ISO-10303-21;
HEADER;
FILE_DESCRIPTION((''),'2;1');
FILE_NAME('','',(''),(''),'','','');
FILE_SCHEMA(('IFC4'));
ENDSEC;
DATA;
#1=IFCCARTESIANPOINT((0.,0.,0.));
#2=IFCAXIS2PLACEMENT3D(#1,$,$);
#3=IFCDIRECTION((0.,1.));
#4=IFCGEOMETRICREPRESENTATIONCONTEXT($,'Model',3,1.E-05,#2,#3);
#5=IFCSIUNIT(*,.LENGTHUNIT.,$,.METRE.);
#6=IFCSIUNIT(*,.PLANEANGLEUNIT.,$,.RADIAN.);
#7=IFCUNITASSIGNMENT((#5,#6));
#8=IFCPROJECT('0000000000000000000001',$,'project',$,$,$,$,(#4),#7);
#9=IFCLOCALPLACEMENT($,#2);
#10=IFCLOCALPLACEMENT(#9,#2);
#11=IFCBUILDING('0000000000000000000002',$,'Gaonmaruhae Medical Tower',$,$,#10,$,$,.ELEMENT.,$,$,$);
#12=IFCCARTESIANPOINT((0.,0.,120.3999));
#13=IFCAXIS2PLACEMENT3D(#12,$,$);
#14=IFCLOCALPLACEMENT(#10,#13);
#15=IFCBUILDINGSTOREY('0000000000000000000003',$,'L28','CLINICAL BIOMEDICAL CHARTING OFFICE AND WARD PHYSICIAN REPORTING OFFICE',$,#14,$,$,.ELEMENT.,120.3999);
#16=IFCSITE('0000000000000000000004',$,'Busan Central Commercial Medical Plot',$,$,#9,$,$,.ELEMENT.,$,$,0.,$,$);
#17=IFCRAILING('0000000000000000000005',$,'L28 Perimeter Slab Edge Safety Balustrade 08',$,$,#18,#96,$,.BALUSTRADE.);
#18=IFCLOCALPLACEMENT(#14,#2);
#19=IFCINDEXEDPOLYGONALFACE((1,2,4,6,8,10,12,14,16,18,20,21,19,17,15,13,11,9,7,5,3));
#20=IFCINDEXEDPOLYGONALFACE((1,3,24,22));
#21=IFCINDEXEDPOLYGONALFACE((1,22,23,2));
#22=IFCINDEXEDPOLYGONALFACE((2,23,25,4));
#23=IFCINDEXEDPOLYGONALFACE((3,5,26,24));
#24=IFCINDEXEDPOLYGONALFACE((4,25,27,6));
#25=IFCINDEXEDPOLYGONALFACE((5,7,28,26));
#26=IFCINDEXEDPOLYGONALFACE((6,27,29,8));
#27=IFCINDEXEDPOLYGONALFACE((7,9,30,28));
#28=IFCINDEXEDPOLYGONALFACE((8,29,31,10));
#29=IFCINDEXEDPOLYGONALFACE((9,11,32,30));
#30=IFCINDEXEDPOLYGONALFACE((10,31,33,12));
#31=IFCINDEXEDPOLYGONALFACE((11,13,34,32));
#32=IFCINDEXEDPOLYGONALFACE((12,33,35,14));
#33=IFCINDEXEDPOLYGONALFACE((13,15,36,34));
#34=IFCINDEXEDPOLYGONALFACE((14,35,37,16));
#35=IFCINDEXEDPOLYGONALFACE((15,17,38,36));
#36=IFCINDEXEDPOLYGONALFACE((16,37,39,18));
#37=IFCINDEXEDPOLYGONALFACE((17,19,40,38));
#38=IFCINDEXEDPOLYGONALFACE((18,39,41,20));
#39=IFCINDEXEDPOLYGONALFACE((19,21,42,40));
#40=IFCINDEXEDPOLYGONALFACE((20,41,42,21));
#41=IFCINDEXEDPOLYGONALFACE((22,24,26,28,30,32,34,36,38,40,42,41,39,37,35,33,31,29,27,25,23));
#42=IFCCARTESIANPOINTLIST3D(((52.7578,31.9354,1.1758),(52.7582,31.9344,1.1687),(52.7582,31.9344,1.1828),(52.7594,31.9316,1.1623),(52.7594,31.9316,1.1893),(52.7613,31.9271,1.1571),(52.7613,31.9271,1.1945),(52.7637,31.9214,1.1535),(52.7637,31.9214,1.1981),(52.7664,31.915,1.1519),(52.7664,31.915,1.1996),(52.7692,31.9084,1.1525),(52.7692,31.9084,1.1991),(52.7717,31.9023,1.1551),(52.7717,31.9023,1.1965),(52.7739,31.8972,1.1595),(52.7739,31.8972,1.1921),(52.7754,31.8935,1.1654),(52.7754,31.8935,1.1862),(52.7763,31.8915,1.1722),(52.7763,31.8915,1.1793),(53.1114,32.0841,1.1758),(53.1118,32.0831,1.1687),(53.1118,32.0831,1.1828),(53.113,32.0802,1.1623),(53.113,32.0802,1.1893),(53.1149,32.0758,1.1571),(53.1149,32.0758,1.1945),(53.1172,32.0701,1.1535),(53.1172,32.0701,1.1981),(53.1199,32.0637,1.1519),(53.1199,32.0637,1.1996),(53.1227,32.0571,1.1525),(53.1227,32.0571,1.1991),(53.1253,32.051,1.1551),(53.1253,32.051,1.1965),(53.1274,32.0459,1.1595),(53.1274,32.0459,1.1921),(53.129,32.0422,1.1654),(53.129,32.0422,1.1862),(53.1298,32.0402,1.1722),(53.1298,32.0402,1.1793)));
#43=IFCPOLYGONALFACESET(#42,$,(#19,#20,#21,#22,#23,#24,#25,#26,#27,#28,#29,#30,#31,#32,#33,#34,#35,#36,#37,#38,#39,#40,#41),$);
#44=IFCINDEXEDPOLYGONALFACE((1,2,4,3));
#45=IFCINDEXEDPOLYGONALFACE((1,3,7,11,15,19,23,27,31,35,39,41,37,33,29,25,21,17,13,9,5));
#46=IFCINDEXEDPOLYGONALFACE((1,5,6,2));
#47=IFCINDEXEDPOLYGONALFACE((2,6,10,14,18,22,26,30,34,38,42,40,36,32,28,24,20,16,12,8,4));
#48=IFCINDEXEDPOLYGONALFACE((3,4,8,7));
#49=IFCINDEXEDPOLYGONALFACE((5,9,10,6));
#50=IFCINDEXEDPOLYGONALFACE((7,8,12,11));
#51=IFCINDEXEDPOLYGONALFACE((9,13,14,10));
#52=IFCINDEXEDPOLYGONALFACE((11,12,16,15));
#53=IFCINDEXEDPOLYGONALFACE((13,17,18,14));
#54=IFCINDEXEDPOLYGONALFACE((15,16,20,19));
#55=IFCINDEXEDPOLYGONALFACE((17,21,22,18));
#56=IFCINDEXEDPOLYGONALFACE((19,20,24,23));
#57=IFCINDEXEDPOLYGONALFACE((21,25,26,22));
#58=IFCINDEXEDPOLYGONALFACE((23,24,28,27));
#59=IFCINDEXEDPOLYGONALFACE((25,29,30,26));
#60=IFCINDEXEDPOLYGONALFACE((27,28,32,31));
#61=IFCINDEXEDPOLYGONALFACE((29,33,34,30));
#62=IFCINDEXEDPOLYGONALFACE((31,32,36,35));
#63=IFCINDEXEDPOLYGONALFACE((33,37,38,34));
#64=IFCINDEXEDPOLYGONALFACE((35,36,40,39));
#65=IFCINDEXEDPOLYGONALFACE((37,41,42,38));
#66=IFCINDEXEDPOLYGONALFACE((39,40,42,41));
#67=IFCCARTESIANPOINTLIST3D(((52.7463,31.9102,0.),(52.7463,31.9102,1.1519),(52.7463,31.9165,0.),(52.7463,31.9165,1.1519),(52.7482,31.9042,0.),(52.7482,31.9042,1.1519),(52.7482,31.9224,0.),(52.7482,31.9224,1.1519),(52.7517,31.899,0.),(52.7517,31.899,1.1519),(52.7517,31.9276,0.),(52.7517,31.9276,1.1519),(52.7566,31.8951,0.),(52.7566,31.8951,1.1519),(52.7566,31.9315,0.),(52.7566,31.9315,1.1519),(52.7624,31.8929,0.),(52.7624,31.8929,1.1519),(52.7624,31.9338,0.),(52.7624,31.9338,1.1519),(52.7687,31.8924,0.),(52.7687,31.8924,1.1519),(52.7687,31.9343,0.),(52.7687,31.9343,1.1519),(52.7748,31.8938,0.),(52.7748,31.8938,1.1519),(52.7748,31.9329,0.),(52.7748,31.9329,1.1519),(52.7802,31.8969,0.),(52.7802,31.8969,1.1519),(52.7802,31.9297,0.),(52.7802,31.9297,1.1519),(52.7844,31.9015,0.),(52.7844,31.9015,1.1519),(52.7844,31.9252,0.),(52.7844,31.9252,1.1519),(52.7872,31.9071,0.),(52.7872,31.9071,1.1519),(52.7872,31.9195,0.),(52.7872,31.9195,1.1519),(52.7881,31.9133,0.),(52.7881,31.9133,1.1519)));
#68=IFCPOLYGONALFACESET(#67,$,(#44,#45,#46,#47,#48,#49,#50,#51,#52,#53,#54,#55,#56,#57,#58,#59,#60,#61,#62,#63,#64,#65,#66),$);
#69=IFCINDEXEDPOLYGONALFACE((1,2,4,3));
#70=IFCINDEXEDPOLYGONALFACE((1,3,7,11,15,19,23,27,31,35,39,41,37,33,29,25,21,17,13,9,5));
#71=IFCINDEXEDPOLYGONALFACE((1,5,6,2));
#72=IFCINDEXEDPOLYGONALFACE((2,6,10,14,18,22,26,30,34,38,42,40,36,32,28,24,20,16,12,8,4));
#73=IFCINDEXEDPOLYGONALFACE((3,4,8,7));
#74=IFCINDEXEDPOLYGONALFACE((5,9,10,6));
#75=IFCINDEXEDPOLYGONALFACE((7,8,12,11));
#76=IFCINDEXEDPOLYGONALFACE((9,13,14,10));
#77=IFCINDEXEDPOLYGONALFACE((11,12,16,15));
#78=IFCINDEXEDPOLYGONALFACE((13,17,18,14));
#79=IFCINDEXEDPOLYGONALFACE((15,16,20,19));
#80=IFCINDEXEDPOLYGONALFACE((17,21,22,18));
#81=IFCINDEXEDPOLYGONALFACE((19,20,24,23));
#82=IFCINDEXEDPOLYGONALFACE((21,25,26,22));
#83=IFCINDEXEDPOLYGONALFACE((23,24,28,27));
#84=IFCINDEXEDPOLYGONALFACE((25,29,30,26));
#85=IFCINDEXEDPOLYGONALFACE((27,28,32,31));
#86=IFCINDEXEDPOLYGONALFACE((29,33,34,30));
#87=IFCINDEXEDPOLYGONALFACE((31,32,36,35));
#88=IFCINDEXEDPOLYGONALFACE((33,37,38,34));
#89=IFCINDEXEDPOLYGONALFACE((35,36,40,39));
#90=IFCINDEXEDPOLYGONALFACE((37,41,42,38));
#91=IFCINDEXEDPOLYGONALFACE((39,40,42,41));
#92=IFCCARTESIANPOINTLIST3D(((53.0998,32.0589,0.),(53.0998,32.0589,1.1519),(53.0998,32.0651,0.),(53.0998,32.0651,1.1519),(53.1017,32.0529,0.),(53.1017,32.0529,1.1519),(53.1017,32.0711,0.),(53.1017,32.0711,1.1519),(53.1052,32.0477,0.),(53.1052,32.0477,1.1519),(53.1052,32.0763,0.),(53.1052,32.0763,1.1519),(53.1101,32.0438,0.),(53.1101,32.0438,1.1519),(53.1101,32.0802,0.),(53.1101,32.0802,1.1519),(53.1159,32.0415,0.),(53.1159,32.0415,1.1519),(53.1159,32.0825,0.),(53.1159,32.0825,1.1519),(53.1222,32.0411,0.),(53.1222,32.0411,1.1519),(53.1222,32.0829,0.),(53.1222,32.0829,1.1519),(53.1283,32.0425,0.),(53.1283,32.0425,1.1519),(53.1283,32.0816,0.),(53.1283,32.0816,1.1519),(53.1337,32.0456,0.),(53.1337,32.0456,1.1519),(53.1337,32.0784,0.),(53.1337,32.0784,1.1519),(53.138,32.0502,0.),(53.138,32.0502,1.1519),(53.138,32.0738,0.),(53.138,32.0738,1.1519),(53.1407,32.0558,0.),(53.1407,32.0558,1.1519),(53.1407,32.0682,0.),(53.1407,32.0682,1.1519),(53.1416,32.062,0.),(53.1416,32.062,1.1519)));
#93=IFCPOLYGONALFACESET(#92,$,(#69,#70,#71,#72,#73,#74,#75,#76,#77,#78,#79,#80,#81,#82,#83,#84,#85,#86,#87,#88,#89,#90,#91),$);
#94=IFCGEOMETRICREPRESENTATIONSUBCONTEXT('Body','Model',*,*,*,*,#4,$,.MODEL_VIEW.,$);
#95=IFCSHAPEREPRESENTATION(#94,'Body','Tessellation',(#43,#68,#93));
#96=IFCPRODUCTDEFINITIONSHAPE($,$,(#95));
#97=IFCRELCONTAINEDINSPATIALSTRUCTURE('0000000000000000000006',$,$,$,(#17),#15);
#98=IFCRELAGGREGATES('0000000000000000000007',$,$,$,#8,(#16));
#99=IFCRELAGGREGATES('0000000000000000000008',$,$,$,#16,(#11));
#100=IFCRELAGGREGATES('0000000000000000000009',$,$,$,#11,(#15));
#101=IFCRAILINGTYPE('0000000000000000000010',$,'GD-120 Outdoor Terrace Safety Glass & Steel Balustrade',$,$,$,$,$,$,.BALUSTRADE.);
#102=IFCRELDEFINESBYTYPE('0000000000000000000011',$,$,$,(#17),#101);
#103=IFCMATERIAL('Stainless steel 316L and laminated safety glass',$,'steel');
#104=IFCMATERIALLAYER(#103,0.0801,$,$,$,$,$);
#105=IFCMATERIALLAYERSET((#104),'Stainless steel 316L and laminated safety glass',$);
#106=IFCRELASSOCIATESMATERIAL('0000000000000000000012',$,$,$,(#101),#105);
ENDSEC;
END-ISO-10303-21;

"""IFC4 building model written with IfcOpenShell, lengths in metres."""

from ifc_helpers import new_model, si_unit, direction, frame, origin, origin_2d, place, context, subcontext, project, spatial, circle, extrude, material, layer, layer_set, type_object, element, save


model = new_model("IFC4")

# Units and contexts
model_context = context("Model", 3, precision=1e-05, world=origin(), true_north=direction((0.0, 1.0)))
body_context = subcontext(model_context, "Body", "Model", "MODEL_VIEW")
ifc_project = project(units=[si_unit("LENGTHUNIT", "METRE"), si_unit("PLANEANGLEUNIT", "RADIAN")], contexts=[model_context])

# Site, building, storey
site_placement = place(None, origin())
site = spatial("IfcSite", under=ifc_project, at=site_placement, Name="Busan Central Commercial Medical Plot", CompositionType="ELEMENT", RefElevation=0.0)
building_placement = place(site_placement, origin())
building = spatial("IfcBuilding", under=site, at=building_placement, Name="Gaonmaruhae Medical Tower", CompositionType="ELEMENT")
storey_placement = place(building_placement, frame((0.0, 0.0, 120.3999)))
storey = spatial("IfcBuildingStorey", under=building, at=storey_placement, Name="L28", Description="CLINICAL BIOMEDICAL CHARTING OFFICE AND WARD PHYSICIAN REPORTING OFFICE", CompositionType="ELEMENT", Elevation=120.3999)

# Railing
ifc_material_1 = material(Name="Stainless steel 316L and laminated safety glass", Category="steel")
ifc_layer_1 = layer(ifc_material_1, 0.0801)
ifc_layer_set_1 = layer_set([ifc_layer_1], Name="Stainless steel 316L and laminated safety glass")
railing_type = type_object("IfcRailingType", Name="GD-120 Outdoor Terrace Safety Glass & Steel Balustrade", PredefinedType="BALUSTRADE", material=ifc_layer_set_1)
railing_1_placement = place(storey_placement, frame((52.7671, 31.9133, 0.0)))
element("IfcRailing", 1, at=railing_1_placement, inside=storey, type_object=railing_type, Name="L28 Perimeter Slab Edge Safety Balustrade 08", PredefinedType="BALUSTRADE", context=body_context, shape_type="SweptSolid", body=[
    extrude(circle(Radius=0.0239, at=origin_2d()), frame((0.0, 0.0, 1.1758), z_axis=(0.921791, 0.387687, 0.0), x_axis=(-0.387687, 0.921791, 0.0)), (0.0, 0.0, 1.0), 0.3835),
    extrude(circle(Radius=0.021, at=origin_2d()), origin(), (0.0, 0.0, 1.0), 1.1519),
    extrude(circle(Radius=0.021, at=origin_2d()), frame((0.3535, 0.1487, 0.0)), (0.0, 0.0, 1.0), 1.1519),
])

save(model, "model.ifc")
